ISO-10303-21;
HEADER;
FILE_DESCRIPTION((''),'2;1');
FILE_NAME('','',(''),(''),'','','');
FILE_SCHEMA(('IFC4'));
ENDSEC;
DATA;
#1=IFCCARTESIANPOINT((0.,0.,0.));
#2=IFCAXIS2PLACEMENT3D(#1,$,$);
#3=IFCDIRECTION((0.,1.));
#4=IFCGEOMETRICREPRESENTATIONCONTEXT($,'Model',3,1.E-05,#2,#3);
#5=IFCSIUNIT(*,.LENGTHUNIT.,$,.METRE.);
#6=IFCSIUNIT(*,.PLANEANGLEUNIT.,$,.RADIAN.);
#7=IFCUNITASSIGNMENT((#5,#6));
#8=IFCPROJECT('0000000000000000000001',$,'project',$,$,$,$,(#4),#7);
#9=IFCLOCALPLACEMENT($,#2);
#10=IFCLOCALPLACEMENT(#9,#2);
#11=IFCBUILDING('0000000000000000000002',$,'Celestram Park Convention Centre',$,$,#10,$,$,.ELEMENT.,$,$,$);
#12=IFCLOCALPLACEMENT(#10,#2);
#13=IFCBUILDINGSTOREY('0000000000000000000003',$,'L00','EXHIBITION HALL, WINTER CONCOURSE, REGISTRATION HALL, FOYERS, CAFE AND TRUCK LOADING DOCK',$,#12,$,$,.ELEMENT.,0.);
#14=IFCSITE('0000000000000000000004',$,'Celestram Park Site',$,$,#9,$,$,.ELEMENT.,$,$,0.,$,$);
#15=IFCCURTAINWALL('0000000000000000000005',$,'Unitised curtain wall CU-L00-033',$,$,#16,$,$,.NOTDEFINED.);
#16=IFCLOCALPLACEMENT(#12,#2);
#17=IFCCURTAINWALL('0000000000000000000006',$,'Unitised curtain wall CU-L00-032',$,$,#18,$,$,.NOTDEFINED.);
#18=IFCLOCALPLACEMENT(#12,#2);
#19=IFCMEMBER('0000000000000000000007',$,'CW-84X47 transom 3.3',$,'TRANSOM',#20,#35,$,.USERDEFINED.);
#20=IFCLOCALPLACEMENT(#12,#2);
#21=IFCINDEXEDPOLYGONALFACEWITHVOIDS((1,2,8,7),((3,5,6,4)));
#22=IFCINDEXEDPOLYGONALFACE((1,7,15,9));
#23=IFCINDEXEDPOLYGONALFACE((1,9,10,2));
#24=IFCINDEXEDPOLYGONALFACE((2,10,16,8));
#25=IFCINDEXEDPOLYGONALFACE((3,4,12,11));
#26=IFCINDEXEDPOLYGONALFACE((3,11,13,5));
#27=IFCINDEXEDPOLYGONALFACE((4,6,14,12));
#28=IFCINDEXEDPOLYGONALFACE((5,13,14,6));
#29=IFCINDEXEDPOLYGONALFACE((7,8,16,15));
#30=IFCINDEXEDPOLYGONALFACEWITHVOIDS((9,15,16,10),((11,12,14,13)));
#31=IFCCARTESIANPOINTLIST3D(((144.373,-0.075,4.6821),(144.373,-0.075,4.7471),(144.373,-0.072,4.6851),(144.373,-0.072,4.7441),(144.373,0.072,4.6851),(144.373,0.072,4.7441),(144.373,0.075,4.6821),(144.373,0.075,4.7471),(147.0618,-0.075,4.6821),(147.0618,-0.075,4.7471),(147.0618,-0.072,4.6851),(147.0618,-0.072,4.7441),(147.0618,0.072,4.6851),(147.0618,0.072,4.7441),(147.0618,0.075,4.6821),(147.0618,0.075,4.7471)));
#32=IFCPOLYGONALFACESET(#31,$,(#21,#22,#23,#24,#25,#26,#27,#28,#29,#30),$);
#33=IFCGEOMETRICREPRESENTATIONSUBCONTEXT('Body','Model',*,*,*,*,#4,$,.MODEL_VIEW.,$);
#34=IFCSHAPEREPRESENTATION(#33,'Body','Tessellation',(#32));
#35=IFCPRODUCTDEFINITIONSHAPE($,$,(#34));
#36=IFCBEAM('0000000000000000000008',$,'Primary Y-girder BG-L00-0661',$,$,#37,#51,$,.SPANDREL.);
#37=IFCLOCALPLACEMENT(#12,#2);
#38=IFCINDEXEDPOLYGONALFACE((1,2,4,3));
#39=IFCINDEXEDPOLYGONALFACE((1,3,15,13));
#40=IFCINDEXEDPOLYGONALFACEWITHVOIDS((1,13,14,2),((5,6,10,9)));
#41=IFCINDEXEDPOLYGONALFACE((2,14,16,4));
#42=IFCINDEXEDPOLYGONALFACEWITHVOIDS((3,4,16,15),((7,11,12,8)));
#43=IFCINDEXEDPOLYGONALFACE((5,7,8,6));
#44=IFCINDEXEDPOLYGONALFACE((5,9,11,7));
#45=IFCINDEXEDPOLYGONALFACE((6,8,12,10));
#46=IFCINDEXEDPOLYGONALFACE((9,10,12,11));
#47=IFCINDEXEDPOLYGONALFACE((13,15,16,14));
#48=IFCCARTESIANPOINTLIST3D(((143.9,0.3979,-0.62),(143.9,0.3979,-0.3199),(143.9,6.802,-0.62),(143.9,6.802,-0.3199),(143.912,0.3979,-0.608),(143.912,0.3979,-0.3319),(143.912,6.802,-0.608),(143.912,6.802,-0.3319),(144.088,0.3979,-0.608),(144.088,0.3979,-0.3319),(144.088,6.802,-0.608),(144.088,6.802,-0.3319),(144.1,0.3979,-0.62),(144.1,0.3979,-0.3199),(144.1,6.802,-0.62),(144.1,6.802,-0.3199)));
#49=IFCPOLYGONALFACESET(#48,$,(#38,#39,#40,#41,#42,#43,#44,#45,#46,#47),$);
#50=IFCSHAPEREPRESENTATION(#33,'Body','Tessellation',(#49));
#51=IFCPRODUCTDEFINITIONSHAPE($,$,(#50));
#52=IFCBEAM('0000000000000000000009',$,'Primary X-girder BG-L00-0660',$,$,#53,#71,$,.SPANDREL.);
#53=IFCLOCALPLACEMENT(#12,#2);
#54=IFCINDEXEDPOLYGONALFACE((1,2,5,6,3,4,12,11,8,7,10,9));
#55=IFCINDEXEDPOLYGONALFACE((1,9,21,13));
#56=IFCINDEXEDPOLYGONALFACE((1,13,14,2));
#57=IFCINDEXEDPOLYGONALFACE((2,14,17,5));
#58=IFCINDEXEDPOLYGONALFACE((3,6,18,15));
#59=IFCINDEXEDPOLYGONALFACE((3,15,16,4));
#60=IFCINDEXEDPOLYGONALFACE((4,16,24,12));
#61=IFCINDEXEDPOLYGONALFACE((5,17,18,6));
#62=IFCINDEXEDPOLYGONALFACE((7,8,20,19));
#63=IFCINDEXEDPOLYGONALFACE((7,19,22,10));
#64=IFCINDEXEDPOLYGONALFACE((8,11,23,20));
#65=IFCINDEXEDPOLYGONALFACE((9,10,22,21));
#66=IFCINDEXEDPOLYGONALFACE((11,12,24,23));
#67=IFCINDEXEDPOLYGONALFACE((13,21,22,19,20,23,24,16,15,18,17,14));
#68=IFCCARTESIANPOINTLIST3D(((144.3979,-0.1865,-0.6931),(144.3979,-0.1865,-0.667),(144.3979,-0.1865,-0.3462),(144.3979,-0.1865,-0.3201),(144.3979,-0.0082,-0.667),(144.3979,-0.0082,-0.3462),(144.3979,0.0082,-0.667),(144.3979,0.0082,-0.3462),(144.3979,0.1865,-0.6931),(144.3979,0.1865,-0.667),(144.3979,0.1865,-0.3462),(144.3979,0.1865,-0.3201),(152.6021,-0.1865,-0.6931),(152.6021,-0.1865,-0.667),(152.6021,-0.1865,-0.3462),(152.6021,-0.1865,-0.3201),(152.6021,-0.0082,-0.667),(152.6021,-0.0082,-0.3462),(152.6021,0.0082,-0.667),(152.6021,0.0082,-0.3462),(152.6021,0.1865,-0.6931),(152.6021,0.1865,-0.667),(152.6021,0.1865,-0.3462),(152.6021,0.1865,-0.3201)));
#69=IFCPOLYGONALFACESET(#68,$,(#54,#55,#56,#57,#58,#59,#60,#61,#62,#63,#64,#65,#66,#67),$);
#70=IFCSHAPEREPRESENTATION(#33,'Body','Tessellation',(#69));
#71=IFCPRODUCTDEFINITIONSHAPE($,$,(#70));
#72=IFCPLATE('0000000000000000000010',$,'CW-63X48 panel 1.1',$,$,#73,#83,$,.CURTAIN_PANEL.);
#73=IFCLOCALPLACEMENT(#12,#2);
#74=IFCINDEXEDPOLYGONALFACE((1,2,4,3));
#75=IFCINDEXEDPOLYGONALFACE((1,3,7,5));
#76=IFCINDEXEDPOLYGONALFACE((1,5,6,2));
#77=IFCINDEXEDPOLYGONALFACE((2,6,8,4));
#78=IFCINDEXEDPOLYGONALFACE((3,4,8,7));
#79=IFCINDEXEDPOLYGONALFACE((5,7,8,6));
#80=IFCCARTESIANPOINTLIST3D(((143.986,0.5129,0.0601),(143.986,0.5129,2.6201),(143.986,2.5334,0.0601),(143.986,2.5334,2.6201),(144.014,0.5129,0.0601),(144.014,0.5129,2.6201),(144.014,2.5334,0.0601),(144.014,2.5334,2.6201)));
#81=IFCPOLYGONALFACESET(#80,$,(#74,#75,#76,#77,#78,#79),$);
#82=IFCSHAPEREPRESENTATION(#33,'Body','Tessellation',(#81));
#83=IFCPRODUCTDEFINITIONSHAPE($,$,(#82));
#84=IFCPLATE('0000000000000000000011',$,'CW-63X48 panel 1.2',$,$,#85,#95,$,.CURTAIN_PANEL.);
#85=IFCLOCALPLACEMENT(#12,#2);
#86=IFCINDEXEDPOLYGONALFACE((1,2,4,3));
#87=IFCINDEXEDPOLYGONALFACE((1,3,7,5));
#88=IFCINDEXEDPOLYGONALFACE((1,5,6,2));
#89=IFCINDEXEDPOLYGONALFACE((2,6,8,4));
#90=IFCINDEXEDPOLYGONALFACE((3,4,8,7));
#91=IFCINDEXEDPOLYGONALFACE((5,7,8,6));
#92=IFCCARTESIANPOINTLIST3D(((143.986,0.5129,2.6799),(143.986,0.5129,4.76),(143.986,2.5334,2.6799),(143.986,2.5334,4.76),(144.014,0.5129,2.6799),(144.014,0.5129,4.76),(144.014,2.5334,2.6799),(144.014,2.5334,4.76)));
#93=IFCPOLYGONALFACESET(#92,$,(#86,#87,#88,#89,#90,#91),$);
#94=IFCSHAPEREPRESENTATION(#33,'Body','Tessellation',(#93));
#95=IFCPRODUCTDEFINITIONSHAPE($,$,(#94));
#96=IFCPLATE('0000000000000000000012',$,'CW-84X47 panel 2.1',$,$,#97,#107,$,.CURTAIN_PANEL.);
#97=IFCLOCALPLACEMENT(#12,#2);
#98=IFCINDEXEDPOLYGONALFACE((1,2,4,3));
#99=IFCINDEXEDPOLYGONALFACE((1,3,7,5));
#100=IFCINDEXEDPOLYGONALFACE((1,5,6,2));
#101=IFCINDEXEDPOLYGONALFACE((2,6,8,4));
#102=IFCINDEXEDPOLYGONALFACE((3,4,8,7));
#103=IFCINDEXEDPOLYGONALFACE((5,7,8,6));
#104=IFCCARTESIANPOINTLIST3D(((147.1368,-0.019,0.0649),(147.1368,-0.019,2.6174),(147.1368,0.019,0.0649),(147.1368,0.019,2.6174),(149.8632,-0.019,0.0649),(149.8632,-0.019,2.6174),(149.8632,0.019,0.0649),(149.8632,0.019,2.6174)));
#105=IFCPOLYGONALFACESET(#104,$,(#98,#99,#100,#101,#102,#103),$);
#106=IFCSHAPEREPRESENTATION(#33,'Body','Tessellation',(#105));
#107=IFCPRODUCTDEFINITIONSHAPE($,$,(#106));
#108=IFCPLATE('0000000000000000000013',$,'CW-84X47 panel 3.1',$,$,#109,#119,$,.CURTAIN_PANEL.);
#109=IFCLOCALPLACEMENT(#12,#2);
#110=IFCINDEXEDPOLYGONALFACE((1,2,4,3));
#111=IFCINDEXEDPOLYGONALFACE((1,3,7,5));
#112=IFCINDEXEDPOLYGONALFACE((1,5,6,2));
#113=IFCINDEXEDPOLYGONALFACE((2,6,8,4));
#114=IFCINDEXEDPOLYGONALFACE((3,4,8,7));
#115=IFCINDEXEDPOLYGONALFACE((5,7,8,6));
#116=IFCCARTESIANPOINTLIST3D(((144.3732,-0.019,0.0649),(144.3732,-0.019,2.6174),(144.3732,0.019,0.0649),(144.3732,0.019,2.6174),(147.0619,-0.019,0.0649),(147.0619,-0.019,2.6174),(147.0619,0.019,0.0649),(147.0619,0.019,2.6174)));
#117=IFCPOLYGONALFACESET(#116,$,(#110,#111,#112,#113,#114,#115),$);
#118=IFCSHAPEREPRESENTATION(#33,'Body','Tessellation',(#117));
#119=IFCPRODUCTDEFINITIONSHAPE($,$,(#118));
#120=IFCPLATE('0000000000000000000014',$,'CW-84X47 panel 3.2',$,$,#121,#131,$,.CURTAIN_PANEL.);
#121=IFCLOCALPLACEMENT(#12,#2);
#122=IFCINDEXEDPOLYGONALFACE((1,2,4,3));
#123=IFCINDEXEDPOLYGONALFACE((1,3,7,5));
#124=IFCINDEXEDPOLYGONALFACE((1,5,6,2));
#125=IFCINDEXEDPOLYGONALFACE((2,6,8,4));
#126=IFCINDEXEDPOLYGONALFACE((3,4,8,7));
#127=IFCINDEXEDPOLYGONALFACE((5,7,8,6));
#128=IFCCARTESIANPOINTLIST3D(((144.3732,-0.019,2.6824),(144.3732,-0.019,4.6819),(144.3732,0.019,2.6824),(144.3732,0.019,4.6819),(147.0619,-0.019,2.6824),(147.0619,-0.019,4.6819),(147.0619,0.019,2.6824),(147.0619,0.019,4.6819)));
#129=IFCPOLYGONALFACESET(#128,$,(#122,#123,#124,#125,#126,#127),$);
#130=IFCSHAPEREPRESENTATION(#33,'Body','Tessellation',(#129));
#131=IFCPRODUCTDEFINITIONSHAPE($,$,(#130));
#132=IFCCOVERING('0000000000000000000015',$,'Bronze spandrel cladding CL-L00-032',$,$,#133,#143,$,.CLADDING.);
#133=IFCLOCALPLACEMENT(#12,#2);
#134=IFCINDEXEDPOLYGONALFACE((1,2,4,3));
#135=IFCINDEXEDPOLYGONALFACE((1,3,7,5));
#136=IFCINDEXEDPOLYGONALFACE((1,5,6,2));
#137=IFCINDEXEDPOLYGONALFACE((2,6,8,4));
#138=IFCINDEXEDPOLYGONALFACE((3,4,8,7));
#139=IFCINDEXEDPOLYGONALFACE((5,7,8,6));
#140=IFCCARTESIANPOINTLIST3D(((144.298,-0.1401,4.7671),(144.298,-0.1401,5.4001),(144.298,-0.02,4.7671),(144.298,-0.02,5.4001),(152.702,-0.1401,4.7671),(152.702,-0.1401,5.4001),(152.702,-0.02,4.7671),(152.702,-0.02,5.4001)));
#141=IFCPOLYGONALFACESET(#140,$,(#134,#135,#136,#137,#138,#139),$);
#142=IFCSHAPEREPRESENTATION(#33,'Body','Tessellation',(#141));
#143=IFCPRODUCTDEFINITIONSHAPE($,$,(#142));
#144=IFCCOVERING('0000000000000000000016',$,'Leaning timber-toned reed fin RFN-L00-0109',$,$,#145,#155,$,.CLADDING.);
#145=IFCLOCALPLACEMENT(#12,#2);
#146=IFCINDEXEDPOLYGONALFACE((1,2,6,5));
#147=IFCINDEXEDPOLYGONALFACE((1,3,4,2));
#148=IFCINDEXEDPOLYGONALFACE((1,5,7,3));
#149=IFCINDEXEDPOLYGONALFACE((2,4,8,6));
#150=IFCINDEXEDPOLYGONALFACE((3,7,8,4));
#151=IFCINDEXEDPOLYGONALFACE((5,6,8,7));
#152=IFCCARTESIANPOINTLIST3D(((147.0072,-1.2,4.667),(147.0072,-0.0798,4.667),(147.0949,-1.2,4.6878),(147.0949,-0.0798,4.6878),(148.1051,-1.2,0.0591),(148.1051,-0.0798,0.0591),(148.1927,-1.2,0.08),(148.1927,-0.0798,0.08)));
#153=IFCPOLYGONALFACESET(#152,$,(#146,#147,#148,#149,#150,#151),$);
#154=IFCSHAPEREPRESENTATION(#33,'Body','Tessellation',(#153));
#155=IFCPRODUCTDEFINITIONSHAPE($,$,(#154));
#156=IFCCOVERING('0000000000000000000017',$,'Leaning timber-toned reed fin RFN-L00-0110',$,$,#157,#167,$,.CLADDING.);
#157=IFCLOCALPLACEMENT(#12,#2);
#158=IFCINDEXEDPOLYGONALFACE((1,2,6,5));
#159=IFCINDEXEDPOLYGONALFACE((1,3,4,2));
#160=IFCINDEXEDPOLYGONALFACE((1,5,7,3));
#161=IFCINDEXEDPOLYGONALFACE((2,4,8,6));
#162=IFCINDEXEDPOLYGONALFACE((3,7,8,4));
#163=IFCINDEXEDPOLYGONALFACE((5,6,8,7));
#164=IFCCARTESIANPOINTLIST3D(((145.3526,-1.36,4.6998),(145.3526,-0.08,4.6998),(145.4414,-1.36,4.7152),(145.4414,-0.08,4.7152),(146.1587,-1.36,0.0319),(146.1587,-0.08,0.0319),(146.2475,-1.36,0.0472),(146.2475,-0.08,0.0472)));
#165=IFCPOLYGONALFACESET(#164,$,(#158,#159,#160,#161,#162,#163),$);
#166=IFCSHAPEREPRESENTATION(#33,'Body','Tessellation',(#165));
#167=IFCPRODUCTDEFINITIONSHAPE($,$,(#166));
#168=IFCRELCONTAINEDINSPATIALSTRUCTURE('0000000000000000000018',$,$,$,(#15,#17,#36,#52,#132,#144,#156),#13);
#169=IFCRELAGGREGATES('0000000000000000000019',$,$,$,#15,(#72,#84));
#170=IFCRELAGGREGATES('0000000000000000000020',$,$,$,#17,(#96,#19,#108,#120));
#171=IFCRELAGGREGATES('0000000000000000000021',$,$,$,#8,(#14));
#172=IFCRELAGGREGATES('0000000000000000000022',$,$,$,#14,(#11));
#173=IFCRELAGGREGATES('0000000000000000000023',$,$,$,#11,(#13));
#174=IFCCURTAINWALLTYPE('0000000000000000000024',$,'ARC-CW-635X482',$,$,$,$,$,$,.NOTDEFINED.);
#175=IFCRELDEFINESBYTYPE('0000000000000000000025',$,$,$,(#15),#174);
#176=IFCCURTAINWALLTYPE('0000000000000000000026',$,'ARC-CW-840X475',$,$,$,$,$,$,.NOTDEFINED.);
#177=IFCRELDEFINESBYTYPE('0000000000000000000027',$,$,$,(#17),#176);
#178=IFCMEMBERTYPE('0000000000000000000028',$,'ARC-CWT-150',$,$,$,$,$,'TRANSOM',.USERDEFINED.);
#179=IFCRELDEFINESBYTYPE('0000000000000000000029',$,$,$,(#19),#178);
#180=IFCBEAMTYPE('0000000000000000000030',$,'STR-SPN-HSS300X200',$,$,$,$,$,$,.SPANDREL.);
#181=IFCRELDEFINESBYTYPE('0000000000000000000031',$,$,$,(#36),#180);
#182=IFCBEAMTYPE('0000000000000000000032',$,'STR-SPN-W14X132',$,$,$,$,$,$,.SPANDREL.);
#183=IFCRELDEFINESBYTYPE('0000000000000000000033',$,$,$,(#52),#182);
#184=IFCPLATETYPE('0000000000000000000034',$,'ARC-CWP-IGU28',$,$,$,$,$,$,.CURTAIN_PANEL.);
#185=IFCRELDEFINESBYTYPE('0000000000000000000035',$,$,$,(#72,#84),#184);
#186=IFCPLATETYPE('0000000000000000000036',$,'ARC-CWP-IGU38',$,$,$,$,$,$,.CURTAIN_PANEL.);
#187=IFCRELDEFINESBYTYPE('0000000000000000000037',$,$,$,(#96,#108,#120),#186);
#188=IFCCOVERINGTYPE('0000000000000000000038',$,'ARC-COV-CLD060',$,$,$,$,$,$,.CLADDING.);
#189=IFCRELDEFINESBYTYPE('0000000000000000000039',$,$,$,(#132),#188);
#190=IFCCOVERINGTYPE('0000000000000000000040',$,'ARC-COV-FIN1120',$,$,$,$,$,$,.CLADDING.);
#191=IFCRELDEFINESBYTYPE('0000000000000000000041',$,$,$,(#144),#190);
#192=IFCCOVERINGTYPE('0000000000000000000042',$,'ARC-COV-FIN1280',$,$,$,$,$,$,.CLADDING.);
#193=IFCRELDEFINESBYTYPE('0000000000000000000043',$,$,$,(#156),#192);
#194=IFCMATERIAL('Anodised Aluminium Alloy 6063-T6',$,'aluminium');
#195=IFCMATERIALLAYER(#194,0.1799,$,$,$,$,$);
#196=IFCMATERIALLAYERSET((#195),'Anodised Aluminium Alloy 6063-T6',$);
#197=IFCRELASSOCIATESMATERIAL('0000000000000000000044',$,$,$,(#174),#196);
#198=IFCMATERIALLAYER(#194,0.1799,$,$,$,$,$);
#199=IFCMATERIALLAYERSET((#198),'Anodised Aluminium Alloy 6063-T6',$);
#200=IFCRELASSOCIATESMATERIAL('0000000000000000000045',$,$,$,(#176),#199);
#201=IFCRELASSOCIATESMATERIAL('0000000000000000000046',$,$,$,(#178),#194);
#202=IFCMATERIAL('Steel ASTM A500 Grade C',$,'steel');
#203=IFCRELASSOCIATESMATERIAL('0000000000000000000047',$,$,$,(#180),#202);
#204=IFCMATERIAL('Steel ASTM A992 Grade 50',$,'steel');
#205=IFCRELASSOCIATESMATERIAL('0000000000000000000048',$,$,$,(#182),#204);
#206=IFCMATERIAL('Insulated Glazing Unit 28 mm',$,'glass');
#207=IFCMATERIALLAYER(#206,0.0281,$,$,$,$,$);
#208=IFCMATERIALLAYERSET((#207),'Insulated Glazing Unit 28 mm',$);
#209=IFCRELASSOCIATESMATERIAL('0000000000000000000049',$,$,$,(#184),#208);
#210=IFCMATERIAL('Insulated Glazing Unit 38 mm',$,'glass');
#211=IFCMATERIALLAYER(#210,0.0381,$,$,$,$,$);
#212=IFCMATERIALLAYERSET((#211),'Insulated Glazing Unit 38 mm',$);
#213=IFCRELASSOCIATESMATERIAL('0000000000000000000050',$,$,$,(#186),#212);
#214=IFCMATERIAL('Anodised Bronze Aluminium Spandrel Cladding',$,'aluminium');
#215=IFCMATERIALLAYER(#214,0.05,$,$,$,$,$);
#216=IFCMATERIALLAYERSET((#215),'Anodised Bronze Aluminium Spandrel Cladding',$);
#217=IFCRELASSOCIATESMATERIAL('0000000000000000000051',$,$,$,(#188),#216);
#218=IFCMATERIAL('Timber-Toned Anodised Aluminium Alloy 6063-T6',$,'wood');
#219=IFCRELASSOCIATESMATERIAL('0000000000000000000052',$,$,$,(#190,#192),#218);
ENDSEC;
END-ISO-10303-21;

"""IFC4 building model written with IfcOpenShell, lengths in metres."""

from ifc_helpers import new_model, si_unit, direction, frame, origin, origin_2d, place, context, subcontext, project, spatial, rectangle, hollow_rectangle, i_section, extrude, material, layer, layer_set, material_profile, profile_set, type_object, element, aggregate, save


model = new_model("IFC4")

# Units and contexts
model_context = context("Model", 3, precision=1e-05, world=origin(), true_north=direction((0.0, 1.0)))
body_context = subcontext(model_context, "Body", "Model", "MODEL_VIEW")
ifc_project = project(units=[si_unit("LENGTHUNIT", "METRE"), si_unit("PLANEANGLEUNIT", "RADIAN")], contexts=[model_context])

# Site, building, storey
site_placement = place(None, origin())
site = spatial("IfcSite", under=ifc_project, at=site_placement, Name="Celestram Park Site", CompositionType="ELEMENT", RefElevation=0.0)
building_placement = place(site_placement, origin())
building = spatial("IfcBuilding", under=site, at=building_placement, Name="Celestram Park Convention Centre", CompositionType="ELEMENT")
storey_placement = place(building_placement, origin())
storey = spatial("IfcBuildingStorey", under=building, at=storey_placement, Name="L00", Description="EXHIBITION HALL, WINTER CONCOURSE, REGISTRATION HALL, FOYERS, CAFE AND TRUCK LOADING DOCK", CompositionType="ELEMENT", Elevation=0.0)

# Curtain walls
ifc_material_1 = material(Name="Anodised Aluminium Alloy 6063-T6", Category="aluminium")
ifc_layer_1 = layer(ifc_material_1, 0.1799)
ifc_layer_set_1 = layer_set([ifc_layer_1], Name="Anodised Aluminium Alloy 6063-T6")
curtain_wall_type_1 = type_object("IfcCurtainWallType", Name="ARC-CW-635X482", PredefinedType="NOTDEFINED", material=ifc_layer_set_1)
curtain_wall_1_placement = place(storey_placement, origin())
curtain_wall_1 = element("IfcCurtainWall", 1, at=curtain_wall_1_placement, inside=storey, type_object=curtain_wall_type_1, Name="Unitised curtain wall CU-L00-033", PredefinedType="NOTDEFINED")
ifc_layer_2 = layer(ifc_material_1, 0.1799)
ifc_layer_set_2 = layer_set([ifc_layer_2], Name="Anodised Aluminium Alloy 6063-T6")
curtain_wall_type_2 = type_object("IfcCurtainWallType", Name="ARC-CW-840X475", PredefinedType="NOTDEFINED", material=ifc_layer_set_2)
curtain_wall_2_placement = place(storey_placement, origin())
curtain_wall_2 = element("IfcCurtainWall", 2, at=curtain_wall_2_placement, inside=storey, type_object=curtain_wall_type_2, Name="Unitised curtain wall CU-L00-032", PredefinedType="NOTDEFINED")

# Member
ifc_material_profile_1 = material_profile(ifc_material_1, hollow_rectangle(XDim=0.1499, YDim=0.0649, WallThickness=0.0029, at=origin_2d()), Name="ALU150X65X3")
ifc_profile_set_1 = profile_set([ifc_material_profile_1], Name="Anodised Aluminium Alloy 6063-T6")
member_type_1 = type_object("IfcMemberType", Name="ARC-CWT-150", ElementType="TRANSOM", PredefinedType="USERDEFINED", material=ifc_profile_set_1)
member_1_placement = place(storey_placement, frame((147.0618, 0.0, 4.7146), z_axis=(-1.0, 0.0, 0.0), x_axis=(0.0, -1.0, 0.0)))
member_1 = element("IfcMember", 3, at=member_1_placement, type_object=member_type_1, Name="CW-84X47 transom 3.3", ObjectType="TRANSOM", PredefinedType="USERDEFINED", context=body_context, shape_type="SweptSolid", body=[
    extrude(hollow_rectangle(XDim=0.1499, YDim=0.0649, WallThickness=0.0029, at=origin_2d()), origin(), (0.0, 0.0, 1.0), 2.6887),
])

# Beams
ifc_material_2 = material(Name="Steel ASTM A500 Grade C", Category="steel")
ifc_material_profile_2 = material_profile(ifc_material_2, hollow_rectangle(XDim=0.2, YDim=0.3, WallThickness=0.012, at=origin_2d()), Name="HSS300X200X12")
ifc_profile_set_2 = profile_set([ifc_material_profile_2], Name="Steel ASTM A500 Grade C")
beam_type_1 = type_object("IfcBeamType", Name="STR-SPN-HSS300X200", PredefinedType="SPANDREL", material=ifc_profile_set_2)
beam_1_placement = place(storey_placement, frame((144.0, 0.3979, -0.47), z_axis=(0.0, 1.0, 0.0), x_axis=(-1.0, 0.0, 0.0)))
element("IfcBeam", 4, at=beam_1_placement, inside=storey, type_object=beam_type_1, Name="Primary Y-girder BG-L00-0661", PredefinedType="SPANDREL", context=body_context, shape_type="SweptSolid", body=[
    extrude(hollow_rectangle(XDim=0.2, YDim=0.3, WallThickness=0.012, at=origin_2d()), origin(), (0.0, 0.0, 1.0), 6.4041),
])
ifc_material_3 = material(Name="Steel ASTM A992 Grade 50", Category="steel")
ifc_material_profile_3 = material_profile(ifc_material_3, i_section(OverallWidth=0.373, OverallDepth=0.373, WebThickness=0.0164, FlangeThickness=0.0261, at=origin_2d()), Name="W14X132")
ifc_profile_set_3 = profile_set([ifc_material_profile_3], Name="Steel ASTM A992 Grade 50")
beam_type_2 = type_object("IfcBeamType", Name="STR-SPN-W14X132", PredefinedType="SPANDREL", material=ifc_profile_set_3)
beam_2_placement = place(storey_placement, frame((144.3979, 0.0, -0.5066), z_axis=(1.0, 0.0, 0.0), x_axis=(0.0, 1.0, 0.0)))
element("IfcBeam", 5, at=beam_2_placement, inside=storey, type_object=beam_type_2, Name="Primary X-girder BG-L00-0660", PredefinedType="SPANDREL", context=body_context, shape_type="SweptSolid", body=[
    extrude(i_section(OverallWidth=0.373, OverallDepth=0.373, WebThickness=0.0164, FlangeThickness=0.0261, at=origin_2d()), origin(), (0.0, 0.0, 1.0), 8.2041),
])

# Plates
ifc_material_4 = material(Name="Insulated Glazing Unit 28 mm", Category="glass")
ifc_layer_3 = layer(ifc_material_4, 0.0281)
ifc_layer_set_3 = layer_set([ifc_layer_3], Name="Insulated Glazing Unit 28 mm")
plate_type_1 = type_object("IfcPlateType", Name="ARC-CWP-IGU28", PredefinedType="CURTAIN_PANEL", material=ifc_layer_set_3)
plate_1_placement = place(storey_placement, frame((144.0, 1.5232, 0.0601), z_axis=(0.0, 0.0, 1.0), x_axis=(0.0, 1.0, 0.0)))
plate_1 = element("IfcPlate", 6, at=plate_1_placement, type_object=plate_type_1, Name="CW-63X48 panel 1.1", PredefinedType="CURTAIN_PANEL", context=body_context, shape_type="SweptSolid", body=[
    extrude(rectangle(XDim=2.0205, YDim=0.0281, at=origin_2d()), origin(), (0.0, 0.0, 1.0), 2.5601),
])
plate_2_placement = place(storey_placement, frame((144.0, 1.5232, 2.6799), z_axis=(0.0, 0.0, 1.0), x_axis=(0.0, 1.0, 0.0)))
plate_2 = element("IfcPlate", 7, at=plate_2_placement, type_object=plate_type_1, Name="CW-63X48 panel 1.2", PredefinedType="CURTAIN_PANEL", context=body_context, shape_type="SweptSolid", body=[
    extrude(rectangle(XDim=2.0205, YDim=0.0281, at=origin_2d()), origin(), (0.0, 0.0, 1.0), 2.0801),
])
aggregate(curtain_wall_1, [plate_1, plate_2])
ifc_material_5 = material(Name="Insulated Glazing Unit 38 mm", Category="glass")
ifc_layer_4 = layer(ifc_material_5, 0.0381)
ifc_layer_set_4 = layer_set([ifc_layer_4], Name="Insulated Glazing Unit 38 mm")
plate_type_2 = type_object("IfcPlateType", Name="ARC-CWP-IGU38", PredefinedType="CURTAIN_PANEL", material=ifc_layer_set_4)
plate_3_placement = place(storey_placement, frame((148.5, 0.0, 0.0649), z_axis=(0.0, 0.0, 1.0), x_axis=(-1.0, 0.0, 0.0)))
plate_3 = element("IfcPlate", 8, at=plate_3_placement, type_object=plate_type_2, Name="CW-84X47 panel 2.1", PredefinedType="CURTAIN_PANEL", context=body_context, shape_type="SweptSolid", body=[
    extrude(rectangle(XDim=2.7263, YDim=0.0381, at=origin_2d()), origin(), (0.0, 0.0, 1.0), 2.5525),
])
plate_4_placement = place(storey_placement, frame((145.7175, 0.0, 0.0649), z_axis=(0.0, 0.0, 1.0), x_axis=(-1.0, 0.0, 0.0)))
plate_4 = element("IfcPlate", 9, at=plate_4_placement, type_object=plate_type_2, Name="CW-84X47 panel 3.1", PredefinedType="CURTAIN_PANEL", context=body_context, shape_type="SweptSolid", body=[
    extrude(rectangle(XDim=2.6887, YDim=0.0381, at=origin_2d()), origin(), (0.0, 0.0, 1.0), 2.5525),
])
plate_5_placement = place(storey_placement, frame((145.7175, 0.0, 2.6824), z_axis=(0.0, 0.0, 1.0), x_axis=(-1.0, 0.0, 0.0)))
plate_5 = element("IfcPlate", 10, at=plate_5_placement, type_object=plate_type_2, Name="CW-84X47 panel 3.2", PredefinedType="CURTAIN_PANEL", context=body_context, shape_type="SweptSolid", body=[
    extrude(rectangle(XDim=2.6887, YDim=0.0381, at=origin_2d()), origin(), (0.0, 0.0, 1.0), 1.9995),
])
aggregate(curtain_wall_2, [plate_3, member_1, plate_4, plate_5])

# Coverings
ifc_material_6 = material(Name="Anodised Bronze Aluminium Spandrel Cladding", Category="aluminium")
ifc_layer_5 = layer(ifc_material_6, 0.05)
ifc_layer_set_5 = layer_set([ifc_layer_5], Name="Anodised Bronze Aluminium Spandrel Cladding")
covering_type_1 = type_object("IfcCoveringType", Name="ARC-COV-CLD060", PredefinedType="CLADDING", material=ifc_layer_set_5)
covering_1_placement = place(storey_placement, frame((148.5, -0.0801, 4.7671), z_axis=(0.0, 0.0, 1.0), x_axis=(-1.0, 0.0, 0.0)))
element("IfcCovering", 11, at=covering_1_placement, inside=storey, type_object=covering_type_1, Name="Bronze spandrel cladding CL-L00-032", PredefinedType="CLADDING", context=body_context, shape_type="SweptSolid", body=[
    extrude(rectangle(XDim=8.4041, YDim=0.1201, at=origin_2d()), origin(), (0.0, 0.0, 1.0), 0.6331),
])
ifc_material_7 = material(Name="Timber-Toned Anodised Aluminium Alloy 6063-T6", Category="wood")
ifc_material_profile_4 = material_profile(ifc_material_7, rectangle(XDim=1.1201, YDim=0.0901, at=origin_2d()), Name="REED1120X90")
ifc_profile_set_4 = profile_set([ifc_material_profile_4], Name="Timber-Toned Anodised Aluminium Alloy 6063-T6")
covering_type_2 = type_object("IfcCoveringType", Name="ARC-COV-FIN1120", PredefinedType="CLADDING", material=ifc_profile_set_4)
covering_2_placement = place(storey_placement, frame((148.1489, -0.6399, 0.0696), z_axis=(-0.231776, 0.0, 0.972769), x_axis=(0.0, -1.0, 0.0)))
element("IfcCovering", 12, at=covering_2_placement, inside=storey, type_object=covering_type_2, Name="Leaning timber-toned reed fin RFN-L00-0109", PredefinedType="CLADDING", context=body_context, shape_type="SweptSolid", body=[
    extrude(rectangle(XDim=1.1201, YDim=0.0901, at=origin_2d()), origin(), (0.0, 0.0, 1.0), 4.7368),
])
ifc_material_profile_5 = material_profile(ifc_material_7, rectangle(XDim=1.28, YDim=0.0901, at=origin_2d()), Name="REED1280X90")
ifc_profile_set_5 = profile_set([ifc_material_profile_5], Name="Timber-Toned Anodised Aluminium Alloy 6063-T6")
covering_type_3 = type_object("IfcCoveringType", Name="ARC-COV-FIN1280", PredefinedType="CLADDING", material=ifc_profile_set_5)
covering_3_placement = place(storey_placement, frame((146.2031, -0.72, 0.0396), z_axis=(-0.17018, 0.0, 0.985413), x_axis=(0.0, -1.0, 0.0)))
element("IfcCovering", 13, at=covering_3_placement, inside=storey, type_object=covering_type_3, Name="Leaning timber-toned reed fin RFN-L00-0110", PredefinedType="CLADDING", context=body_context, shape_type="SweptSolid", body=[
    extrude(rectangle(XDim=1.28, YDim=0.0901, at=origin_2d()), origin(), (0.0, 0.0, 1.0), 4.7371),
])

save(model, "model.ifc")
